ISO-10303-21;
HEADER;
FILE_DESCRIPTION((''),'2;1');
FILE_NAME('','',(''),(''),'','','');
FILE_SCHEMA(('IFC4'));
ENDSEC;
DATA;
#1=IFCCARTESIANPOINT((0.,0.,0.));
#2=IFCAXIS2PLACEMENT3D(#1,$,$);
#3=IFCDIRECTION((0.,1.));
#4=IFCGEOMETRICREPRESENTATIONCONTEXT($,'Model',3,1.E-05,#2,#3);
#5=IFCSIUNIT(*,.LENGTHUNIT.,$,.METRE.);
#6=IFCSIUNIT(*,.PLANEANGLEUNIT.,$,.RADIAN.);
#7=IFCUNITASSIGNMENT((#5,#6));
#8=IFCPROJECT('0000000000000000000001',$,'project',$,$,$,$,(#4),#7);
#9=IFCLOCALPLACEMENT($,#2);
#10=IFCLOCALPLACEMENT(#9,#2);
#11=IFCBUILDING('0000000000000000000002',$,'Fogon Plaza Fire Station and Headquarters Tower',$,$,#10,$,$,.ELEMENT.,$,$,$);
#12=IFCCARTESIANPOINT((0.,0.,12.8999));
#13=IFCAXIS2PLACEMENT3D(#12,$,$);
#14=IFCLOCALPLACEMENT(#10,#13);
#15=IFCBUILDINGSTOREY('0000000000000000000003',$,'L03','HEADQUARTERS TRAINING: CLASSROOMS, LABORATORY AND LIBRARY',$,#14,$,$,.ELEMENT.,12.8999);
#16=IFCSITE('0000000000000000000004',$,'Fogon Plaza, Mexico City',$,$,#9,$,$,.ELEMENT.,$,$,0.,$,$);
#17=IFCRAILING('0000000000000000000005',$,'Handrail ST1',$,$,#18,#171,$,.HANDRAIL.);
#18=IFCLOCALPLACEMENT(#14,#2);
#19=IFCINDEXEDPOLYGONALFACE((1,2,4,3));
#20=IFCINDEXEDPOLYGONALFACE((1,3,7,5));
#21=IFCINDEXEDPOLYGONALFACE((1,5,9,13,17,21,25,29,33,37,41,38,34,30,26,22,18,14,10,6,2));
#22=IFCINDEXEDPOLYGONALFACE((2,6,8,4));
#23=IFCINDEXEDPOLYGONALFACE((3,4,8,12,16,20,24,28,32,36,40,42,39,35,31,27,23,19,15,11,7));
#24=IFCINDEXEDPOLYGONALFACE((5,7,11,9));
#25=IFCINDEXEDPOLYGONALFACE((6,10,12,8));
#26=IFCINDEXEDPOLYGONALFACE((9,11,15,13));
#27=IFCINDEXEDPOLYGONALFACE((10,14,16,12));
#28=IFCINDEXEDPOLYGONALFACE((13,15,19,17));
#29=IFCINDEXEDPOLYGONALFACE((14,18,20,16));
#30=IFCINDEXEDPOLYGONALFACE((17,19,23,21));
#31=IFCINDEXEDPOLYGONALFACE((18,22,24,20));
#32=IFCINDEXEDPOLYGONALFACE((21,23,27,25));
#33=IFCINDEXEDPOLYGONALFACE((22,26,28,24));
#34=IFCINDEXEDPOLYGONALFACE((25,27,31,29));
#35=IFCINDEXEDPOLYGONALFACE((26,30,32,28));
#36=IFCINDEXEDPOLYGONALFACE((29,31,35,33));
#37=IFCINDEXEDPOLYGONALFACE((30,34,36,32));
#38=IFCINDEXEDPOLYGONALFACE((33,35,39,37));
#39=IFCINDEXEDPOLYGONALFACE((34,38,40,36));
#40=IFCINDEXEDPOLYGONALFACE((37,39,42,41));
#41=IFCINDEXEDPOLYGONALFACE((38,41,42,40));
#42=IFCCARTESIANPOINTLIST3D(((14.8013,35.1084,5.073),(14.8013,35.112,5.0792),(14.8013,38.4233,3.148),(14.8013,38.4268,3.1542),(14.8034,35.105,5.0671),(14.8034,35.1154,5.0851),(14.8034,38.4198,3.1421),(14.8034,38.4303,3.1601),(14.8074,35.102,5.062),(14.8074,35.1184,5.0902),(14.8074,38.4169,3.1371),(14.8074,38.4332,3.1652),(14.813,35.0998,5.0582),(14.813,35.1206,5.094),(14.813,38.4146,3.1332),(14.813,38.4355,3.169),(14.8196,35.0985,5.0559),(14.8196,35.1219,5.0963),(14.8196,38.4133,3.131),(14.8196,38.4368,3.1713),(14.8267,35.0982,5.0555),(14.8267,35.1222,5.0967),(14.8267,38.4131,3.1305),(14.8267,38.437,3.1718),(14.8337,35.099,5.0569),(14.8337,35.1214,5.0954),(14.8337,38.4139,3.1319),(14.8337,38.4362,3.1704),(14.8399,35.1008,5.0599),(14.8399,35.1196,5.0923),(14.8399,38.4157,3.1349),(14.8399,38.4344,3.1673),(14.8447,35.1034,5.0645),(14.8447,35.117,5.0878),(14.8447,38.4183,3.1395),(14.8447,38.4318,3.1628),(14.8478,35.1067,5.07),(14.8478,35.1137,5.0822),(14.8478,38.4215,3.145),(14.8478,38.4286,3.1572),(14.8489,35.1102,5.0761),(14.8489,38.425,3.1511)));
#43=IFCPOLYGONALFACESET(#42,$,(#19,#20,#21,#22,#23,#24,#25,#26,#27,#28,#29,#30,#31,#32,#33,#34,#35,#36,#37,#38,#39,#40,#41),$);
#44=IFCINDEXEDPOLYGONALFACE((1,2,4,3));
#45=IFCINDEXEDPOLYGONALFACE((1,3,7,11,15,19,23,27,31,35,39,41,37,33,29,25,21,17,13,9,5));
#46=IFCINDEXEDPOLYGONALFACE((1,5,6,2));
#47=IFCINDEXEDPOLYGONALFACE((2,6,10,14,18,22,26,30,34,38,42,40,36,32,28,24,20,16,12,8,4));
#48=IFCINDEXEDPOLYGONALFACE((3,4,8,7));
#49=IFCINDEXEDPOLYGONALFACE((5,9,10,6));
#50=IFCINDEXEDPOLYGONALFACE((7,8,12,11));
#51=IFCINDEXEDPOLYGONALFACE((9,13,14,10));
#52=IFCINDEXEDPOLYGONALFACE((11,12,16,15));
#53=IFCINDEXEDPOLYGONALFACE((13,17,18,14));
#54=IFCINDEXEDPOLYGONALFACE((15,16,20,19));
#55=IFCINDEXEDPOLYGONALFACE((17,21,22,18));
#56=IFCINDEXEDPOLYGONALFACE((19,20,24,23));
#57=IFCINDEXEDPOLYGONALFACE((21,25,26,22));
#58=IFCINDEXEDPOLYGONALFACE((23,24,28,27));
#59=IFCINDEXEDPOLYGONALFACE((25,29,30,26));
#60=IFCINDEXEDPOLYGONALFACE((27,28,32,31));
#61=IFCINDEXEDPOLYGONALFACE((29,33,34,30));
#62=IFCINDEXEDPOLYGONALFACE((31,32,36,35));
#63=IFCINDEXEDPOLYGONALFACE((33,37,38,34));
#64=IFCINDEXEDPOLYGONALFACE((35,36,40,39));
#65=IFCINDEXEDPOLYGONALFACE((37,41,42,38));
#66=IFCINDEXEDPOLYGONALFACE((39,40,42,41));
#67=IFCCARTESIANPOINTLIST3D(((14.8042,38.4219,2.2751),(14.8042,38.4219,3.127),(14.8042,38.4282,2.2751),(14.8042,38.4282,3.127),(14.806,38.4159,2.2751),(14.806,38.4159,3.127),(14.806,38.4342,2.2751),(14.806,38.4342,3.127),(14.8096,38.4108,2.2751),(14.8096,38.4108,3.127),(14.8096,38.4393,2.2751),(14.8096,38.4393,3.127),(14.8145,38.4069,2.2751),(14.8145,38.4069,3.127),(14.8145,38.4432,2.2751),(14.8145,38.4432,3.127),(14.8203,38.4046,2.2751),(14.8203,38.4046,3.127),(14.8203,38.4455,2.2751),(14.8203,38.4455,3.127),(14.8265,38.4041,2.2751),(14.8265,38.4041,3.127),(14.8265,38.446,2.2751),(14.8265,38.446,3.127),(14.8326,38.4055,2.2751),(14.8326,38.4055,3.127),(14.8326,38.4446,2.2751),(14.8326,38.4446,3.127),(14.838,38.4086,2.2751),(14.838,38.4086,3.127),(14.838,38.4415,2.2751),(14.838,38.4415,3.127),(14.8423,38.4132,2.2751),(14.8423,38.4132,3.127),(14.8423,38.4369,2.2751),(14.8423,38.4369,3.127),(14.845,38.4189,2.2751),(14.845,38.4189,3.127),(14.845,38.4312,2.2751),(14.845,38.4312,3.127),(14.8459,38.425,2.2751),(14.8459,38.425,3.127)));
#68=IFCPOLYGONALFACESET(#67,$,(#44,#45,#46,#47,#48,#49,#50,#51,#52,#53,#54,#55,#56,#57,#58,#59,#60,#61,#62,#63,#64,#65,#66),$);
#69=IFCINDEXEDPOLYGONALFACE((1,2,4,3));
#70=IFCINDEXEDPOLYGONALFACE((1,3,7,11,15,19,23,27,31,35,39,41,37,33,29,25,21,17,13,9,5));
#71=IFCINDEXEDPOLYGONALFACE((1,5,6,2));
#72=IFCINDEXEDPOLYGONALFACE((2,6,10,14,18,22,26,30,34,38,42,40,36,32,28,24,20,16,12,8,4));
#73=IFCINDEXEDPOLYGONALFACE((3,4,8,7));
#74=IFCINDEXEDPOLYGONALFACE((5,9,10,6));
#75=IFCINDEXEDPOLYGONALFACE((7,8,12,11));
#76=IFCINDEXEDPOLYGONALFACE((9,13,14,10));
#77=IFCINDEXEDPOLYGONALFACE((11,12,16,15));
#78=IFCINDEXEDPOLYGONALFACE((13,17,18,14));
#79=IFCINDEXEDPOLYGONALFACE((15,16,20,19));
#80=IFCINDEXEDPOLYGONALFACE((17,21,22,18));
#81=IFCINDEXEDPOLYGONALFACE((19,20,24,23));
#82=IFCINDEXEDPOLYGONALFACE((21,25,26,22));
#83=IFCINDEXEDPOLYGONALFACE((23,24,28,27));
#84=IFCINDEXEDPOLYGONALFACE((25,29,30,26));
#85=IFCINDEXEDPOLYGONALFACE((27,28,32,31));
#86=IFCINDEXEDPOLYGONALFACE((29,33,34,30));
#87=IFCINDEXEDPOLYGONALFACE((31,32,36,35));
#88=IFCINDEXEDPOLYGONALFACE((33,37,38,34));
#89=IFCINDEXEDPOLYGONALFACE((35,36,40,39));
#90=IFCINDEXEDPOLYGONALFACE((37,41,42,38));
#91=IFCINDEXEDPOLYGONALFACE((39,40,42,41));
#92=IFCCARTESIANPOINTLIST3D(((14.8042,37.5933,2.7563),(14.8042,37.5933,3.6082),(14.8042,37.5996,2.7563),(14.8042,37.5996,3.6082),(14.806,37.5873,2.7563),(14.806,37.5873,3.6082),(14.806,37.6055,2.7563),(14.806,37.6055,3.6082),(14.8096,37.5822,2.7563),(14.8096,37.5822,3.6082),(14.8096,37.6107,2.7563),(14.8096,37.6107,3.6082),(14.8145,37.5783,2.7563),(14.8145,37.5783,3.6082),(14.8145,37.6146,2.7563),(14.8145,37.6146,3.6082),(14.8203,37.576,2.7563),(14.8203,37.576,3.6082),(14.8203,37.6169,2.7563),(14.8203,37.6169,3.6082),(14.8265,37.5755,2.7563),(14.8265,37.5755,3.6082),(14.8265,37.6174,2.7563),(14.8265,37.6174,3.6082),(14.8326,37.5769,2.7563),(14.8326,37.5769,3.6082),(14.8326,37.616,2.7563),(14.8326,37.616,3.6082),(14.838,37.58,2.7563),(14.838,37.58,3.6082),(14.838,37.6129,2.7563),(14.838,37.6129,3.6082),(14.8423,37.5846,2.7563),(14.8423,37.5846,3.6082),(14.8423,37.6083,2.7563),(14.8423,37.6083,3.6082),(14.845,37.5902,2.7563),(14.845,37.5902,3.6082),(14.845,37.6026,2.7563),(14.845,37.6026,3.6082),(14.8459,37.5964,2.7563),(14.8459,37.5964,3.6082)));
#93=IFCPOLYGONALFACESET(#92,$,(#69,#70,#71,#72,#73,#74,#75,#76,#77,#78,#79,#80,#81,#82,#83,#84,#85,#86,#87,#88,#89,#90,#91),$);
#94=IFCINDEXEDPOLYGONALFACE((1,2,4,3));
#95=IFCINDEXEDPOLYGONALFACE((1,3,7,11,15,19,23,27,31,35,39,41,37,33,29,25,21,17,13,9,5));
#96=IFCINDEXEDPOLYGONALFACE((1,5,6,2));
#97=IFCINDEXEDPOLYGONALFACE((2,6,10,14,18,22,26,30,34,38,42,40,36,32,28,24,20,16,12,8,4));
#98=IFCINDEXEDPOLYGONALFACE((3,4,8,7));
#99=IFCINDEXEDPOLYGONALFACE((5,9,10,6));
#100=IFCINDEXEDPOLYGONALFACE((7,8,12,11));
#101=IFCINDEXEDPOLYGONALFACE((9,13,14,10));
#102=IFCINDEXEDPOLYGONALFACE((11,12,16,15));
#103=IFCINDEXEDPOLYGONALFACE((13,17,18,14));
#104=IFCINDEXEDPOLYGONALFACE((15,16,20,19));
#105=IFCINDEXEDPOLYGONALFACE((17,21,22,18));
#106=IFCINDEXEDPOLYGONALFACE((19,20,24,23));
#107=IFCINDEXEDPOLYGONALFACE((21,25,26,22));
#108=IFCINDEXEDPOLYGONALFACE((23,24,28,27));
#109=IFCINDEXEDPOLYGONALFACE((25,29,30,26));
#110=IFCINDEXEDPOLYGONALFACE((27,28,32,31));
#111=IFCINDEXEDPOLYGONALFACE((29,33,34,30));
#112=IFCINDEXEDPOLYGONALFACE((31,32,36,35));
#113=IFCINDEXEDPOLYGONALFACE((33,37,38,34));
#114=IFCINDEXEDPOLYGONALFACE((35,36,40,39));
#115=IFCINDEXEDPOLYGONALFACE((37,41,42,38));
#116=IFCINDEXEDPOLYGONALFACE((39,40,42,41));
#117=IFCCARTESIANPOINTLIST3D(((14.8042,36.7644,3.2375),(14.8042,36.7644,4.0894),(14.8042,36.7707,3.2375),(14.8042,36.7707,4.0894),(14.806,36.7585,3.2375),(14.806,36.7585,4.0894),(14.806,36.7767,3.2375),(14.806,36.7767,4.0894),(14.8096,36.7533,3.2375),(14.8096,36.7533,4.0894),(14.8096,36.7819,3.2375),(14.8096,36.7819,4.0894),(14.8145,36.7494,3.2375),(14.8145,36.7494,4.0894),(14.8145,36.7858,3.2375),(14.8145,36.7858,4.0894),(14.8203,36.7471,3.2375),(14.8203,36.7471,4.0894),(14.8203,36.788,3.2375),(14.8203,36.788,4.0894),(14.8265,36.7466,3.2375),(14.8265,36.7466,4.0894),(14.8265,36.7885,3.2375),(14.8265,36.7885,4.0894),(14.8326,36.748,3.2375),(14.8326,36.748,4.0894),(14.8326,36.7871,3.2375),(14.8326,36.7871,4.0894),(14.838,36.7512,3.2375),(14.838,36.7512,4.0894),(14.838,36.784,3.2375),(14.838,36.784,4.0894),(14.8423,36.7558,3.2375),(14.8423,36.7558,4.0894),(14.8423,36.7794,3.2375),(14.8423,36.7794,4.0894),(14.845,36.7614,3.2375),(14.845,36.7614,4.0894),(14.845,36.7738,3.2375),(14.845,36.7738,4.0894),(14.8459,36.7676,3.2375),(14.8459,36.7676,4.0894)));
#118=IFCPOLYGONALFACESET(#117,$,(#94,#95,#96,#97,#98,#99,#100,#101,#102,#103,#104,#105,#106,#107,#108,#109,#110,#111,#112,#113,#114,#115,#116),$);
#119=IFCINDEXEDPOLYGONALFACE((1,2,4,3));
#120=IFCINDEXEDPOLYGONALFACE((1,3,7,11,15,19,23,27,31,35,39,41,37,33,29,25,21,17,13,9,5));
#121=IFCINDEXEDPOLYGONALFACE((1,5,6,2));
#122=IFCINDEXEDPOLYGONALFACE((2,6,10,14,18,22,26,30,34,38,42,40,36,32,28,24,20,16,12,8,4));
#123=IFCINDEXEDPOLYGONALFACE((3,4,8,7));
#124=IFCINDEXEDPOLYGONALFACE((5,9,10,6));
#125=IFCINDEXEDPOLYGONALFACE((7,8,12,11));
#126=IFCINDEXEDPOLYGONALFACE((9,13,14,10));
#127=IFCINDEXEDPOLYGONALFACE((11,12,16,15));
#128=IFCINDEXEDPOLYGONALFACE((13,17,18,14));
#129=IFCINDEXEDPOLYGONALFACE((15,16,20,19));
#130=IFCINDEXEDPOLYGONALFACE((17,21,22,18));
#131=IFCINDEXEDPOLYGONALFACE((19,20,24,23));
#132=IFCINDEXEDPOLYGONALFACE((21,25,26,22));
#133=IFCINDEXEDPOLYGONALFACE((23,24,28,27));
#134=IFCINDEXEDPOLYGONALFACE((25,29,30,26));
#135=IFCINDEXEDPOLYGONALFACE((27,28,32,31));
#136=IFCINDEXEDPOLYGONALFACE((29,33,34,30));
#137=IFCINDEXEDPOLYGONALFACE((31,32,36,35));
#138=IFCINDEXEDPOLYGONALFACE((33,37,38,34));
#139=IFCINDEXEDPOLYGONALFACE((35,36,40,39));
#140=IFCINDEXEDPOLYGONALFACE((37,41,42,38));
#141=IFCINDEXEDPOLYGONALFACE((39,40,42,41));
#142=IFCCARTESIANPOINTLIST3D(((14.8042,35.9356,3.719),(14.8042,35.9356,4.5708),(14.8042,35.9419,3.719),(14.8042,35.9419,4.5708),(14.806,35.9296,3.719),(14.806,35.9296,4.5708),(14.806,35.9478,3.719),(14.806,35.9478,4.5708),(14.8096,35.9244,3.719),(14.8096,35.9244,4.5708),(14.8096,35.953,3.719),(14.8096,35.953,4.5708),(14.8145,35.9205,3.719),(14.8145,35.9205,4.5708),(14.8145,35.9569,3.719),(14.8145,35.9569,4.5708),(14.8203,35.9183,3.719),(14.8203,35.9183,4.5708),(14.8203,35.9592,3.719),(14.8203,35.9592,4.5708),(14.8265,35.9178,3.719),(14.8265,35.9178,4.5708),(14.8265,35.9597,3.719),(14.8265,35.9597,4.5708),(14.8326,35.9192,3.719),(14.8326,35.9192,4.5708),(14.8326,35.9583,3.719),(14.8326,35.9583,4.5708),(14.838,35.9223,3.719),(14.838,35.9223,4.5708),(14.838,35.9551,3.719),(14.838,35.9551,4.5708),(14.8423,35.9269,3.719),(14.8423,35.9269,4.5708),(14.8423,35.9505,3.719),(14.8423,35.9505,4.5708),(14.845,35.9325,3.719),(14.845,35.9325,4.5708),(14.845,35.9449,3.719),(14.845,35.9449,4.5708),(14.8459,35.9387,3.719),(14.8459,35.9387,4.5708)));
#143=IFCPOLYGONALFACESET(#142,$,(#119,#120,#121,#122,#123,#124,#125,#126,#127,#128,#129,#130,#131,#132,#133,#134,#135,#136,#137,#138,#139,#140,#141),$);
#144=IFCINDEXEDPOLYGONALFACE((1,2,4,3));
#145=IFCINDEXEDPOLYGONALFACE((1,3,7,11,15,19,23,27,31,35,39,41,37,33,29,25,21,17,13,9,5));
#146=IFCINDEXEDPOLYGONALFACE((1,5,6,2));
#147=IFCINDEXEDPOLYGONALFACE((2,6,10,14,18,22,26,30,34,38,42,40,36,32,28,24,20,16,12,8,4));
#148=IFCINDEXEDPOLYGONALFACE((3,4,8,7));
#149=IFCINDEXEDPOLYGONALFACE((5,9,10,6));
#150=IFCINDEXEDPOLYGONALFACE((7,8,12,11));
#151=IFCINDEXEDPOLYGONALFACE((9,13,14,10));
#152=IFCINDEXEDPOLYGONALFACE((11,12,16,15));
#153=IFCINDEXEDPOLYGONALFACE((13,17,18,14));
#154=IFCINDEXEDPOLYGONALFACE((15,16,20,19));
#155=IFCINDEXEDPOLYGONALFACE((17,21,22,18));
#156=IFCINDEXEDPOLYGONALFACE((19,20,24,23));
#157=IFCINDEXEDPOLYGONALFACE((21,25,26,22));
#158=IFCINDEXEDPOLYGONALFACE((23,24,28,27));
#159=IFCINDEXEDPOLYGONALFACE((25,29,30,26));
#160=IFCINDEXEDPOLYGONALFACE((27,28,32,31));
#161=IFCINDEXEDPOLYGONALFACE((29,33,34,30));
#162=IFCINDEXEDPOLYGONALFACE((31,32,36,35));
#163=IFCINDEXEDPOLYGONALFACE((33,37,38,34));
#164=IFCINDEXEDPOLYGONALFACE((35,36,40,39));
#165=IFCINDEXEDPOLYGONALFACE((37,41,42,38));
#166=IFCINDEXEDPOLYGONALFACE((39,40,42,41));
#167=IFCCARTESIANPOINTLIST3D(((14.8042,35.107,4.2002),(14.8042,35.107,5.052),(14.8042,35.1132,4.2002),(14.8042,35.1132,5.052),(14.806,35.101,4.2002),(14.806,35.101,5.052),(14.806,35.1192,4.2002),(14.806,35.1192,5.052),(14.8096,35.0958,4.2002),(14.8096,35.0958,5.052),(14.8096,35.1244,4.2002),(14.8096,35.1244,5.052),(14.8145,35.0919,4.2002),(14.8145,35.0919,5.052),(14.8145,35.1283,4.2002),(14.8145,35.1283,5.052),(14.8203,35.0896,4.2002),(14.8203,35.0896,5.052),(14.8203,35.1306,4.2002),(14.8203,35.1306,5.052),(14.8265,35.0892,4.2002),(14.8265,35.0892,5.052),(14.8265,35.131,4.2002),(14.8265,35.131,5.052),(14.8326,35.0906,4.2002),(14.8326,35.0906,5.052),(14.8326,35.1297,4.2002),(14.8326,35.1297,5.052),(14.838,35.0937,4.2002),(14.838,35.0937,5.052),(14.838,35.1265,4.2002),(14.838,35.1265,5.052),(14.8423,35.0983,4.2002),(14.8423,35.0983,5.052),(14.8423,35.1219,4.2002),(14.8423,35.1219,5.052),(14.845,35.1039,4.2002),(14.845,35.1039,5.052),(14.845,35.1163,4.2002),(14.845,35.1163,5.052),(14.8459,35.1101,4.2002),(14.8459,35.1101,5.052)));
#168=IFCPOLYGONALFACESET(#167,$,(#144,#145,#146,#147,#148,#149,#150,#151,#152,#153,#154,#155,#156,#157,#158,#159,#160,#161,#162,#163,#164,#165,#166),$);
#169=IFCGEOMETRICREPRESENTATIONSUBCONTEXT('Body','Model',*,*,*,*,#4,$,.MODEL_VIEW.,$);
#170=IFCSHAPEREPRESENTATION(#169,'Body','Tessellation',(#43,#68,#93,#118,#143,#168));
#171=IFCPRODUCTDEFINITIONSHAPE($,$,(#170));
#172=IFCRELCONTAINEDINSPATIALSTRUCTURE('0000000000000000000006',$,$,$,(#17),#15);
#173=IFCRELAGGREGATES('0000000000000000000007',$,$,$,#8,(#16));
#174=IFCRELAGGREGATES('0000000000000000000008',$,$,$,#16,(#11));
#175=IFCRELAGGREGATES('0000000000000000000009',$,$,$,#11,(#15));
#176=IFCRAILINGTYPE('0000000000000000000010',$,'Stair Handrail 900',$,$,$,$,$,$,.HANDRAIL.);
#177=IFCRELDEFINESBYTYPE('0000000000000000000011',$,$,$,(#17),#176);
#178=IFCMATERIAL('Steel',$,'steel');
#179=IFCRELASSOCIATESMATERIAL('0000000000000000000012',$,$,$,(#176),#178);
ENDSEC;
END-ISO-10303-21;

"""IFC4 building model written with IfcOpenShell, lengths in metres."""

from ifc_helpers import new_model, si_unit, direction, frame, origin, origin_2d, place, context, subcontext, project, spatial, circle, extrude, material, type_object, element, save


model = new_model("IFC4")

# Units and contexts
model_context = context("Model", 3, precision=1e-05, world=origin(), true_north=direction((0.0, 1.0)))
body_context = subcontext(model_context, "Body", "Model", "MODEL_VIEW")
ifc_project = project(units=[si_unit("LENGTHUNIT", "METRE"), si_unit("PLANEANGLEUNIT", "RADIAN")], contexts=[model_context])

# Site, building, storey
site_placement = place(None, origin())
site = spatial("IfcSite", under=ifc_project, at=site_placement, Name="Fogon Plaza, Mexico City", CompositionType="ELEMENT", RefElevation=0.0)
building_placement = place(site_placement, origin())
building = spatial("IfcBuilding", under=site, at=building_placement, Name="Fogon Plaza Fire Station and Headquarters Tower", CompositionType="ELEMENT")
storey_placement = place(building_placement, frame((0.0, 0.0, 12.8999)))
storey = spatial("IfcBuildingStorey", under=building, at=storey_placement, Name="L03", Description="HEADQUARTERS TRAINING: CLASSROOMS, LABORATORY AND LIBRARY", CompositionType="ELEMENT", Elevation=12.8999)

# Railing
ifc_material_1 = material(Name="Steel", Category="steel")
railing_type = type_object("IfcRailingType", Name="Stair Handrail 900", PredefinedType="HANDRAIL", material=ifc_material_1)
for number, where, name in (
    (1, (14.825, 38.425, 2.2751), "Handrail ST1"),
):
    element("IfcRailing", number, at=place(storey_placement, frame(where)), inside=storey, type_object=railing_type, Name=name, PredefinedType="HANDRAIL", context=body_context, shape_type="SweptSolid", body=[
        extrude(circle(Radius=0.0239, at=origin_2d()), frame((0.0, 0.0, 0.876), z_axis=(0.0, -0.864761, 0.502183), x_axis=(1.0, 0.0, 0.0)), (0.0, 0.0, 1.0), 3.8333),
        extrude(circle(Radius=0.021, at=origin_2d()), origin(), (0.0, 0.0, 1.0), 0.8518),
        extrude(circle(Radius=0.021, at=origin_2d()), frame((0.0, -0.8286, 0.4812)), (0.0, 0.0, 1.0), 0.8518),
        extrude(circle(Radius=0.021, at=origin_2d()), frame((0.0, -1.6575, 0.9624)), (0.0, 0.0, 1.0), 0.8518),
        extrude(circle(Radius=0.021, at=origin_2d()), frame((0.0, -2.4863, 1.4438)), (0.0, 0.0, 1.0), 0.8518),
        extrude(circle(Radius=0.021, at=origin_2d()), frame((0.0, -3.3149, 1.925)), (0.0, 0.0, 1.0), 0.8518),
    ])

save(model, "model.ifc")
